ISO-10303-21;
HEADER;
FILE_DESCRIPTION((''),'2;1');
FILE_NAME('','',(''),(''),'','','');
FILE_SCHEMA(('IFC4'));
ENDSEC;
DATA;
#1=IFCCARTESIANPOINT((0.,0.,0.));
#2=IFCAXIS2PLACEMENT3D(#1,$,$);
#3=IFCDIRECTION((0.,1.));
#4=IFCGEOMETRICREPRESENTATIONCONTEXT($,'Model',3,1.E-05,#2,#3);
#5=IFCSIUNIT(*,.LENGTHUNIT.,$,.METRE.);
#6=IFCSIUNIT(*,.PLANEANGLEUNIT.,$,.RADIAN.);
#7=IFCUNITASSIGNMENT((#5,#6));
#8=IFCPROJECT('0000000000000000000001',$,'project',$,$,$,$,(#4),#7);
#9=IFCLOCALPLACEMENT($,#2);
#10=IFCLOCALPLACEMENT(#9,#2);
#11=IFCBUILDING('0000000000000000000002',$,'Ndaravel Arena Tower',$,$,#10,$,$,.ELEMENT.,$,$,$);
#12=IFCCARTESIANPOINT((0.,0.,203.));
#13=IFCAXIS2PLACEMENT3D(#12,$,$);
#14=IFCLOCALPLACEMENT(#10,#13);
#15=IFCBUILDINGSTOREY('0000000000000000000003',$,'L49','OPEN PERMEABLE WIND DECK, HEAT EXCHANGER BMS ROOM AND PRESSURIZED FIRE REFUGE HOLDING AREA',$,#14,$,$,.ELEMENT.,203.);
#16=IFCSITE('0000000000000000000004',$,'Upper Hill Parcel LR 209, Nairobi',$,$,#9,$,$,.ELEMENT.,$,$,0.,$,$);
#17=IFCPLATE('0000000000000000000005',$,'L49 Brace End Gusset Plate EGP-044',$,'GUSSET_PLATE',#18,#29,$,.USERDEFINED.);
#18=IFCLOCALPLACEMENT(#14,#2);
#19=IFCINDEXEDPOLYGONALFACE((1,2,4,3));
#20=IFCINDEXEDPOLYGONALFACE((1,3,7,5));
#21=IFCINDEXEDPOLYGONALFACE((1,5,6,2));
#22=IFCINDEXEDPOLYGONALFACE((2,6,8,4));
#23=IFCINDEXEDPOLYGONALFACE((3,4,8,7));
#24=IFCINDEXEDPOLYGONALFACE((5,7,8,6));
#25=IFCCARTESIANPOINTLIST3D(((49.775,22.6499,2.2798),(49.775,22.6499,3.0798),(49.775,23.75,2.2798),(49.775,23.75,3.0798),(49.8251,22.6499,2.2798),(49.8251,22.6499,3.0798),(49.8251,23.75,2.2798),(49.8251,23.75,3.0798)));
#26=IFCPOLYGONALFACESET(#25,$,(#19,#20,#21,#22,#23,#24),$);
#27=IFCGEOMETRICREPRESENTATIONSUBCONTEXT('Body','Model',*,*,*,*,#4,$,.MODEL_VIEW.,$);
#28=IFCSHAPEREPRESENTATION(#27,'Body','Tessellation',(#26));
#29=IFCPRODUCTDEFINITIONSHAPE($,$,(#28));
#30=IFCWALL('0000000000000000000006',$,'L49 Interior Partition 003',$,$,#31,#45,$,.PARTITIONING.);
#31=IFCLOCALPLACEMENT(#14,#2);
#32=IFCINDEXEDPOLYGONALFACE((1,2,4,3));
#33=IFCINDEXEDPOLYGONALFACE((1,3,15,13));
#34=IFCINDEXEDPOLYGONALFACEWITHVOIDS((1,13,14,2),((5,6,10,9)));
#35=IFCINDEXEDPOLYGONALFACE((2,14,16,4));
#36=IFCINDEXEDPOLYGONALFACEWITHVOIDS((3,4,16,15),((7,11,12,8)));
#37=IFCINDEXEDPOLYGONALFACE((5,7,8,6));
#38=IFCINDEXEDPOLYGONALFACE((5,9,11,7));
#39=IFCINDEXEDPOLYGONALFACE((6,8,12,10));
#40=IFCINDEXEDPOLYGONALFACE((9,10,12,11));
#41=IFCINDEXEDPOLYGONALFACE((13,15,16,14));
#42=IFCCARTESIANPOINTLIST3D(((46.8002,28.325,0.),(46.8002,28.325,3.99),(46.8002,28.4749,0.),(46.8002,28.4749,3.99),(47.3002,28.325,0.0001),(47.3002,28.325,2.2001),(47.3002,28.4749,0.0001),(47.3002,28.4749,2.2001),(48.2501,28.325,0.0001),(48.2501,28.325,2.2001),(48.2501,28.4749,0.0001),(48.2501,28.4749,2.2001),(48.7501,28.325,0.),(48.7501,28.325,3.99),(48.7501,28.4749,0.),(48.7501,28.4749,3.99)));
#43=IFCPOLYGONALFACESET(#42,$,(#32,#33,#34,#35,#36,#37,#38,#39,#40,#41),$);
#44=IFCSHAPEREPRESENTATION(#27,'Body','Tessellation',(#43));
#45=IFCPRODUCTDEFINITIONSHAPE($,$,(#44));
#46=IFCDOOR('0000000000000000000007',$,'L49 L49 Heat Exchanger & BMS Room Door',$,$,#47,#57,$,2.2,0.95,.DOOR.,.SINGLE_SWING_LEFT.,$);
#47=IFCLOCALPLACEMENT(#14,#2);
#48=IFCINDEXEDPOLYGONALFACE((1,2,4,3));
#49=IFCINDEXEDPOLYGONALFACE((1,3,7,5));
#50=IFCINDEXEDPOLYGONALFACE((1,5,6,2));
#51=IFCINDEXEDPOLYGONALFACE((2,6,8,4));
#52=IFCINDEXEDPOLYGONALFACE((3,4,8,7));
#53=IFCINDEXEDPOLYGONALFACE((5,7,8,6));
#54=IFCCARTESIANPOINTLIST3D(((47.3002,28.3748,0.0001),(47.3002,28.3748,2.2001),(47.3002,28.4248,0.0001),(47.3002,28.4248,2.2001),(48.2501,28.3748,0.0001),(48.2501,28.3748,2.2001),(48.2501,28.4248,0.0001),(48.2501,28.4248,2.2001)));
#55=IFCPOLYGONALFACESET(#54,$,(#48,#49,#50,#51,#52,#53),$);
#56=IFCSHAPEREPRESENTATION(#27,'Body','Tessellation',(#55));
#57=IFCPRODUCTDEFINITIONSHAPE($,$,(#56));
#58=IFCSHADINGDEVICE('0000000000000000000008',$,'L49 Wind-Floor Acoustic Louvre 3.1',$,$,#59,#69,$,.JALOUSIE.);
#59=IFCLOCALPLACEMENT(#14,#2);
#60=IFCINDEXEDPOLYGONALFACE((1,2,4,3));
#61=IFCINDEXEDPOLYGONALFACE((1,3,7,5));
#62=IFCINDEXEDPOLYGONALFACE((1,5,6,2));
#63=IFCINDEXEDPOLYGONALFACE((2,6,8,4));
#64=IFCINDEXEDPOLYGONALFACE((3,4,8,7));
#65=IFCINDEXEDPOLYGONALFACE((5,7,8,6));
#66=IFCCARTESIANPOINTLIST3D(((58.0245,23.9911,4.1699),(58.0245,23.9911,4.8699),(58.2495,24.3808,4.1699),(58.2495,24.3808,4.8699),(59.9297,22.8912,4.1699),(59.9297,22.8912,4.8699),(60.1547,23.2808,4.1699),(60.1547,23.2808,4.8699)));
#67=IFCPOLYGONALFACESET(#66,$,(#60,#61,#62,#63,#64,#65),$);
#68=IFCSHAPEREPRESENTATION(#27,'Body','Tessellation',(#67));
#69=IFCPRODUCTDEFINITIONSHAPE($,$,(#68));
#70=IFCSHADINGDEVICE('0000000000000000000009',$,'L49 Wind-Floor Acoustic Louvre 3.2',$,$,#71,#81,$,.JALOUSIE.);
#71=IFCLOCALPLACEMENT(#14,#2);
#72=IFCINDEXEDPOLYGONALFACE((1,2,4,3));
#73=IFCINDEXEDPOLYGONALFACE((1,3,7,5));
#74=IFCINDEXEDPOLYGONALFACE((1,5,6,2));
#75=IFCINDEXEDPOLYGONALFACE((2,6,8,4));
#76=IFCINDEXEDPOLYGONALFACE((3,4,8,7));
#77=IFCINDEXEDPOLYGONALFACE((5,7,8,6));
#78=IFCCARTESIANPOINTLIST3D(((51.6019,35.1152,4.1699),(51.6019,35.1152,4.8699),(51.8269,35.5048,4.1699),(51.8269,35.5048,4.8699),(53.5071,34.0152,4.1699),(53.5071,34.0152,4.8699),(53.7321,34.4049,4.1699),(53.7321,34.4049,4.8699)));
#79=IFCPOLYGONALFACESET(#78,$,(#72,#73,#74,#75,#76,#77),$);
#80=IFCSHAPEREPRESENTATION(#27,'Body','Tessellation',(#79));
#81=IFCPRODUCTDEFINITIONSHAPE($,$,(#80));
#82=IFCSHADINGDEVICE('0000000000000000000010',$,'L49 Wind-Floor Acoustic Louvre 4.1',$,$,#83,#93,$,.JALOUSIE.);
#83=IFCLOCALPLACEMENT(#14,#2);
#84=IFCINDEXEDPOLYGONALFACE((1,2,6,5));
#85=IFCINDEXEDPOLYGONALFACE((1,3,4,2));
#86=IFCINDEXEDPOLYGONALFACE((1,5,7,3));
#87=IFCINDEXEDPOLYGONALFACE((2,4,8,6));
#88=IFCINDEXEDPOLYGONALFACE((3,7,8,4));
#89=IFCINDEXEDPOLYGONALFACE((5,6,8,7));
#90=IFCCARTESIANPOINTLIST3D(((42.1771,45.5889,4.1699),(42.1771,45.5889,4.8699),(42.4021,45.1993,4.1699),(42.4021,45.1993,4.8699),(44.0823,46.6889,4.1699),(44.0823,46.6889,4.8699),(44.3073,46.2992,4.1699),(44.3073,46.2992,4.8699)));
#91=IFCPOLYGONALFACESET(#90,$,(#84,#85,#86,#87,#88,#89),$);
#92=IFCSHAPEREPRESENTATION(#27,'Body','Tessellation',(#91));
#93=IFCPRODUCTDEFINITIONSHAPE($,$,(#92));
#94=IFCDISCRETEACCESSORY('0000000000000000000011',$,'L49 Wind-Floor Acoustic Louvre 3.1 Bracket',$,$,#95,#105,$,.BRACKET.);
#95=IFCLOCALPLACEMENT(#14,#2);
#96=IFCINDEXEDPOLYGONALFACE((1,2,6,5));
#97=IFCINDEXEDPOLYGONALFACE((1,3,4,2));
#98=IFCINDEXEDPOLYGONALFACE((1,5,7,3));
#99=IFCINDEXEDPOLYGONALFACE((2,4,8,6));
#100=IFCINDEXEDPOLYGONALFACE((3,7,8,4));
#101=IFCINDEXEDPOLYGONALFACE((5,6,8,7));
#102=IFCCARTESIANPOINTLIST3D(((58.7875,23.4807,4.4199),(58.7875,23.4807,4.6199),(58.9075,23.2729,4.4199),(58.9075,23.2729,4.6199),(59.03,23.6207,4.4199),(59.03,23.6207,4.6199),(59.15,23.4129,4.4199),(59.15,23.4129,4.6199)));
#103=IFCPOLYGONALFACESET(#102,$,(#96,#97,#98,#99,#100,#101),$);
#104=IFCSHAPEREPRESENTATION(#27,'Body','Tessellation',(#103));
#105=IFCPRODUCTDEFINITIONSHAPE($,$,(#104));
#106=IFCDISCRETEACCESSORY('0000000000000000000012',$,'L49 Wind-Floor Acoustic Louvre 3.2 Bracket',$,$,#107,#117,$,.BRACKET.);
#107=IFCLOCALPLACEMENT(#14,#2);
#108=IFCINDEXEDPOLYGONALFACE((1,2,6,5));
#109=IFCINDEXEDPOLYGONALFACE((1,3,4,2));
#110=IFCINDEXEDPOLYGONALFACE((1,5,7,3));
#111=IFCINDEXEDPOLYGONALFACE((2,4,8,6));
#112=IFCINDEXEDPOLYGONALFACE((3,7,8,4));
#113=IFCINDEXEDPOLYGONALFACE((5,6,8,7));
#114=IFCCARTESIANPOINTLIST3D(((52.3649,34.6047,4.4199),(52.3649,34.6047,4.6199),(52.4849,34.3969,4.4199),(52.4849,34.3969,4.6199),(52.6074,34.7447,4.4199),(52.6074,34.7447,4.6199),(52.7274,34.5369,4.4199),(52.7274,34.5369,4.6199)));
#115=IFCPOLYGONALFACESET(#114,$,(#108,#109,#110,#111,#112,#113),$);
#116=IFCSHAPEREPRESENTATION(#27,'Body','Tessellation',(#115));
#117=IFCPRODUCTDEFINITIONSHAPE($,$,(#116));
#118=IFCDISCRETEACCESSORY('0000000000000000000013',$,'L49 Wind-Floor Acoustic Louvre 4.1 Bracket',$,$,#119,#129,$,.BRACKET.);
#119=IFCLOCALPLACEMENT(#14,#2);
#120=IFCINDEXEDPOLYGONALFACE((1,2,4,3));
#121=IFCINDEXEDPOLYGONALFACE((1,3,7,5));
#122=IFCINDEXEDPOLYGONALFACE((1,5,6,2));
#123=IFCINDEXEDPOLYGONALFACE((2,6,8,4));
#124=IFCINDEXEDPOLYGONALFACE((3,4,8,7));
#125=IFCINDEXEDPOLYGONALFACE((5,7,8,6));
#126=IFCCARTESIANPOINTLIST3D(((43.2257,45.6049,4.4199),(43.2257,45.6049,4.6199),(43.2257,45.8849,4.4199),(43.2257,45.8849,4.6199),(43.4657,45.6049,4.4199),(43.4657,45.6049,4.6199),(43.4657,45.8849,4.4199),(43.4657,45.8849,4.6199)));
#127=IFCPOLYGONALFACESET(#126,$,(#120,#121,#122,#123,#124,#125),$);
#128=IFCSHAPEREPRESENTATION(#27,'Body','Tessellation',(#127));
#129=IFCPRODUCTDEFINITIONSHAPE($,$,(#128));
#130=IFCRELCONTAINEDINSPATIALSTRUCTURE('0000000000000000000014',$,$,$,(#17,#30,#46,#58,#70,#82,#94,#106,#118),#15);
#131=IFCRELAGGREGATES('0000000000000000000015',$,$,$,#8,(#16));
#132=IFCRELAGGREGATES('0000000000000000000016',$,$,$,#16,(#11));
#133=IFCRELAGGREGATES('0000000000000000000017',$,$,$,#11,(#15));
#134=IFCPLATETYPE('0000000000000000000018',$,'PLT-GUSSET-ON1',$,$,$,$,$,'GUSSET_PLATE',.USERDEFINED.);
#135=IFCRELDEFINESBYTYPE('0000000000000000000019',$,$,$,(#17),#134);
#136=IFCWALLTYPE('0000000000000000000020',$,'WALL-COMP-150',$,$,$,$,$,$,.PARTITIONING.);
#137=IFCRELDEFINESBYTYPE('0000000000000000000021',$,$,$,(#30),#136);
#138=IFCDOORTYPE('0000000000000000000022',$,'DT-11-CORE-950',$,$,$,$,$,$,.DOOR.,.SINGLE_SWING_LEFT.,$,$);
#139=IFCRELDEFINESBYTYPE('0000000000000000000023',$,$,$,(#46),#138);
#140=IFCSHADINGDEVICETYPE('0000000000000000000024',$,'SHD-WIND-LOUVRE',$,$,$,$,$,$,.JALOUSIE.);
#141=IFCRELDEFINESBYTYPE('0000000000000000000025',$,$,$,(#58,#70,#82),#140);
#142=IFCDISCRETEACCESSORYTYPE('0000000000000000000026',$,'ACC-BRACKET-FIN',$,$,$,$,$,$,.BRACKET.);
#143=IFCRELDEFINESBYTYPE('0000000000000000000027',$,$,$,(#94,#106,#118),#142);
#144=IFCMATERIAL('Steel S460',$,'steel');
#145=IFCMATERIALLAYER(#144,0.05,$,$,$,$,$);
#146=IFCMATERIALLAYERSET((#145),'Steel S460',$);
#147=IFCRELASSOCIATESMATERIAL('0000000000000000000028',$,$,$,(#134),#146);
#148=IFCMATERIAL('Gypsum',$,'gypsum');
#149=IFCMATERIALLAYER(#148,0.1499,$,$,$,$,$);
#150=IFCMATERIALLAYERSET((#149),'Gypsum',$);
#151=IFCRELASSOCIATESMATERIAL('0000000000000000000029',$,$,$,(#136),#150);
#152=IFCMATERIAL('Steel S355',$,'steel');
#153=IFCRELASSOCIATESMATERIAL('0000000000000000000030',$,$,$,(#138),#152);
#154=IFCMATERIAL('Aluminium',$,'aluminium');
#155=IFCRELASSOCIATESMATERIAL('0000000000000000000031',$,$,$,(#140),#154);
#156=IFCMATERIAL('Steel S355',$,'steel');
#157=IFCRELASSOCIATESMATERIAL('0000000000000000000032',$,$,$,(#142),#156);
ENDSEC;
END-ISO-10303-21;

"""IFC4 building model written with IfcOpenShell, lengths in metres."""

from ifc_helpers import new_model, si_unit, direction, frame, frame_2d, origin, origin_2d, place, context, subcontext, project, spatial, rectangle, extrude, material, layer, layer_set, type_object, element, fill, save


model = new_model("IFC4")

# Units and contexts
model_context = context("Model", 3, precision=1e-05, world=origin(), true_north=direction((0.0, 1.0)))
body_context = subcontext(model_context, "Body", "Model", "MODEL_VIEW")
ifc_project = project(units=[si_unit("LENGTHUNIT", "METRE"), si_unit("PLANEANGLEUNIT", "RADIAN")], contexts=[model_context])

# Site, building, storey
site_placement = place(None, origin())
site = spatial("IfcSite", under=ifc_project, at=site_placement, Name="Upper Hill Parcel LR 209, Nairobi", CompositionType="ELEMENT", RefElevation=0.0)
building_placement = place(site_placement, origin())
building = spatial("IfcBuilding", under=site, at=building_placement, Name="Ndaravel Arena Tower", CompositionType="ELEMENT")
storey_placement = place(building_placement, frame((0.0, 0.0, 203.0)))
storey = spatial("IfcBuildingStorey", under=building, at=storey_placement, Name="L49", Description="OPEN PERMEABLE WIND DECK, HEAT EXCHANGER BMS ROOM AND PRESSURIZED FIRE REFUGE HOLDING AREA", CompositionType="ELEMENT", Elevation=203.0)

# Plate
ifc_material_1 = material(Name="Steel S460", Category="steel")
ifc_layer_1 = layer(ifc_material_1, 0.05)
ifc_layer_set_1 = layer_set([ifc_layer_1], Name="Steel S460")
plate_type_1 = type_object("IfcPlateType", Name="PLT-GUSSET-ON1", ElementType="GUSSET_PLATE", PredefinedType="USERDEFINED", material=ifc_layer_set_1)
plate_placement = place(storey_placement, frame((49.8, 23.2, 2.2798), z_axis=(0.0, 0.0, 1.0), x_axis=(1.0, 0.0, 0.0)))
element("IfcPlate", 1, at=plate_placement, inside=storey, type_object=plate_type_1, Name="L49 Brace End Gusset Plate EGP-044", ObjectType="GUSSET_PLATE", PredefinedType="USERDEFINED", context=body_context, shape_type="SweptSolid", body=[
    extrude(rectangle(XDim=0.05, YDim=1.1001, at=origin_2d()), origin(), (0.0, 0.0, 1.0), 0.8),
])

# Wall, opening, door
ifc_material_2 = material(Name="Gypsum", Category="gypsum")
ifc_layer_2 = layer(ifc_material_2, 0.1499)
ifc_layer_set_2 = layer_set([ifc_layer_2], Name="Gypsum")
wall_type = type_object("IfcWallType", Name="WALL-COMP-150", PredefinedType="PARTITIONING", material=ifc_layer_set_2)
wall_placement = place(storey_placement, frame((46.8, 28.3999, 0.0), z_axis=(0.0, 0.0, 1.0), x_axis=(1.0, 0.0, 0.0)))
wall = element("IfcWall", 2, at=wall_placement, inside=storey, type_object=wall_type, Name="L49 Interior Partition 003", PredefinedType="PARTITIONING", context=body_context, shape_type="SweptSolid", body=[
    extrude(rectangle(XDim=1.95, YDim=0.1499, at=frame_2d((0.9751, 0.0))), origin(), (0.0, 0.0, 1.0), 3.99),
])
opening_placement = place(wall_placement, frame((0.5, 0.0, 0.0)))
opening = element("IfcOpeningElement", 3, at=opening_placement, cuts=wall, PredefinedType="OPENING", context=body_context, shape_type="SweptSolid", body=[
    extrude(rectangle(XDim=0.95, YDim=2.2, at=frame_2d((0.4751, 1.1001))), frame((0.0, 0.075, 0.0), z_axis=(0.0, -1.0, 0.0), x_axis=(1.0, 0.0, 0.0)), (0.0, 0.0, 1.0), 0.1499),
])
ifc_material_3 = material(Name="Steel S355", Category="steel")
door_type = type_object("IfcDoorType", Name="DT-11-CORE-950", OperationType="SINGLE_SWING_LEFT", PredefinedType="DOOR", material=ifc_material_3)
door_placement = place(opening_placement, origin())
door = element("IfcDoor", 4, at=door_placement, inside=storey, type_object=door_type, Name="L49 L49 Heat Exchanger & BMS Room Door", OperationType="SINGLE_SWING_LEFT", OverallHeight=2.2, OverallWidth=0.95, PredefinedType="DOOR", context=body_context, shape_type="SweptSolid", body=[
    extrude(rectangle(XDim=0.95, YDim=2.2, at=frame_2d((0.4751, 1.1001))), frame((0.0, 0.0249, 0.0), z_axis=(0.0, -1.0, 0.0), x_axis=(1.0, 0.0, 0.0)), (0.0, 0.0, 1.0), 0.05),
])
fill(opening, door)

# Shading devices
ifc_material_4 = material(Name="Aluminium", Category="aluminium")
shading_device_type = type_object("IfcShadingDeviceType", Name="SHD-WIND-LOUVRE", PredefinedType="JALOUSIE", material=ifc_material_4)
for number, where, z_axis, x_axis, name in (
    (5, (59.0896, 23.636, 4.1699), (0.0, 0.0, 1.0), (0.5, 0.866025, 0.0), "L49 Wind-Floor Acoustic Louvre 3.1"),
    (6, (52.667, 34.76, 4.1699), (0.0, 0.0, 1.0), (0.5, 0.866025, 0.0), "L49 Wind-Floor Acoustic Louvre 3.2"),
    (7, (43.2422, 45.9441, 4.1699), (0.0, 0.0, 1.0), (-0.5, 0.866025, 0.0), "L49 Wind-Floor Acoustic Louvre 4.1"),
):
    element("IfcShadingDevice", number, at=place(storey_placement, frame(where, z_axis=z_axis, x_axis=x_axis)), inside=storey, type_object=shading_device_type, Name=name, PredefinedType="JALOUSIE", context=body_context, shape_type="SweptSolid", body=[
        extrude(rectangle(XDim=0.45, YDim=2.2, at=origin_2d()), origin(), (0.0, 0.0, 1.0), 0.7),
    ])

# Discrete accessories
ifc_material_5 = material(Name="Steel S355", Category="steel")
discrete_accessory_type = type_object("IfcDiscreteAccessoryType", Name="ACC-BRACKET-FIN", PredefinedType="BRACKET", material=ifc_material_5)
for number, where, z_axis, x_axis, name in (
    (8, (58.9688, 23.4468, 4.4199), (0.0, 0.0, 1.0), (0.866025, 0.5, 0.0), "L49 Wind-Floor Acoustic Louvre 3.1 Bracket"),
    (9, (52.5461, 34.5708, 4.4199), (0.0, 0.0, 1.0), (0.866025, 0.5, 0.0), "L49 Wind-Floor Acoustic Louvre 3.2 Bracket"),
    (10, (43.3457, 45.7449, 4.4199), (0.0, 0.0, 1.0), (0.0, 1.0, 0.0), "L49 Wind-Floor Acoustic Louvre 4.1 Bracket"),
):
    element("IfcDiscreteAccessory", number, at=place(storey_placement, frame(where, z_axis=z_axis, x_axis=x_axis)), inside=storey, type_object=discrete_accessory_type, Name=name, PredefinedType="BRACKET", context=body_context, shape_type="SweptSolid", body=[
        extrude(rectangle(XDim=0.28, YDim=0.24, at=origin_2d()), origin(), (0.0, 0.0, 1.0), 0.2),
    ])

save(model, "model.ifc")
